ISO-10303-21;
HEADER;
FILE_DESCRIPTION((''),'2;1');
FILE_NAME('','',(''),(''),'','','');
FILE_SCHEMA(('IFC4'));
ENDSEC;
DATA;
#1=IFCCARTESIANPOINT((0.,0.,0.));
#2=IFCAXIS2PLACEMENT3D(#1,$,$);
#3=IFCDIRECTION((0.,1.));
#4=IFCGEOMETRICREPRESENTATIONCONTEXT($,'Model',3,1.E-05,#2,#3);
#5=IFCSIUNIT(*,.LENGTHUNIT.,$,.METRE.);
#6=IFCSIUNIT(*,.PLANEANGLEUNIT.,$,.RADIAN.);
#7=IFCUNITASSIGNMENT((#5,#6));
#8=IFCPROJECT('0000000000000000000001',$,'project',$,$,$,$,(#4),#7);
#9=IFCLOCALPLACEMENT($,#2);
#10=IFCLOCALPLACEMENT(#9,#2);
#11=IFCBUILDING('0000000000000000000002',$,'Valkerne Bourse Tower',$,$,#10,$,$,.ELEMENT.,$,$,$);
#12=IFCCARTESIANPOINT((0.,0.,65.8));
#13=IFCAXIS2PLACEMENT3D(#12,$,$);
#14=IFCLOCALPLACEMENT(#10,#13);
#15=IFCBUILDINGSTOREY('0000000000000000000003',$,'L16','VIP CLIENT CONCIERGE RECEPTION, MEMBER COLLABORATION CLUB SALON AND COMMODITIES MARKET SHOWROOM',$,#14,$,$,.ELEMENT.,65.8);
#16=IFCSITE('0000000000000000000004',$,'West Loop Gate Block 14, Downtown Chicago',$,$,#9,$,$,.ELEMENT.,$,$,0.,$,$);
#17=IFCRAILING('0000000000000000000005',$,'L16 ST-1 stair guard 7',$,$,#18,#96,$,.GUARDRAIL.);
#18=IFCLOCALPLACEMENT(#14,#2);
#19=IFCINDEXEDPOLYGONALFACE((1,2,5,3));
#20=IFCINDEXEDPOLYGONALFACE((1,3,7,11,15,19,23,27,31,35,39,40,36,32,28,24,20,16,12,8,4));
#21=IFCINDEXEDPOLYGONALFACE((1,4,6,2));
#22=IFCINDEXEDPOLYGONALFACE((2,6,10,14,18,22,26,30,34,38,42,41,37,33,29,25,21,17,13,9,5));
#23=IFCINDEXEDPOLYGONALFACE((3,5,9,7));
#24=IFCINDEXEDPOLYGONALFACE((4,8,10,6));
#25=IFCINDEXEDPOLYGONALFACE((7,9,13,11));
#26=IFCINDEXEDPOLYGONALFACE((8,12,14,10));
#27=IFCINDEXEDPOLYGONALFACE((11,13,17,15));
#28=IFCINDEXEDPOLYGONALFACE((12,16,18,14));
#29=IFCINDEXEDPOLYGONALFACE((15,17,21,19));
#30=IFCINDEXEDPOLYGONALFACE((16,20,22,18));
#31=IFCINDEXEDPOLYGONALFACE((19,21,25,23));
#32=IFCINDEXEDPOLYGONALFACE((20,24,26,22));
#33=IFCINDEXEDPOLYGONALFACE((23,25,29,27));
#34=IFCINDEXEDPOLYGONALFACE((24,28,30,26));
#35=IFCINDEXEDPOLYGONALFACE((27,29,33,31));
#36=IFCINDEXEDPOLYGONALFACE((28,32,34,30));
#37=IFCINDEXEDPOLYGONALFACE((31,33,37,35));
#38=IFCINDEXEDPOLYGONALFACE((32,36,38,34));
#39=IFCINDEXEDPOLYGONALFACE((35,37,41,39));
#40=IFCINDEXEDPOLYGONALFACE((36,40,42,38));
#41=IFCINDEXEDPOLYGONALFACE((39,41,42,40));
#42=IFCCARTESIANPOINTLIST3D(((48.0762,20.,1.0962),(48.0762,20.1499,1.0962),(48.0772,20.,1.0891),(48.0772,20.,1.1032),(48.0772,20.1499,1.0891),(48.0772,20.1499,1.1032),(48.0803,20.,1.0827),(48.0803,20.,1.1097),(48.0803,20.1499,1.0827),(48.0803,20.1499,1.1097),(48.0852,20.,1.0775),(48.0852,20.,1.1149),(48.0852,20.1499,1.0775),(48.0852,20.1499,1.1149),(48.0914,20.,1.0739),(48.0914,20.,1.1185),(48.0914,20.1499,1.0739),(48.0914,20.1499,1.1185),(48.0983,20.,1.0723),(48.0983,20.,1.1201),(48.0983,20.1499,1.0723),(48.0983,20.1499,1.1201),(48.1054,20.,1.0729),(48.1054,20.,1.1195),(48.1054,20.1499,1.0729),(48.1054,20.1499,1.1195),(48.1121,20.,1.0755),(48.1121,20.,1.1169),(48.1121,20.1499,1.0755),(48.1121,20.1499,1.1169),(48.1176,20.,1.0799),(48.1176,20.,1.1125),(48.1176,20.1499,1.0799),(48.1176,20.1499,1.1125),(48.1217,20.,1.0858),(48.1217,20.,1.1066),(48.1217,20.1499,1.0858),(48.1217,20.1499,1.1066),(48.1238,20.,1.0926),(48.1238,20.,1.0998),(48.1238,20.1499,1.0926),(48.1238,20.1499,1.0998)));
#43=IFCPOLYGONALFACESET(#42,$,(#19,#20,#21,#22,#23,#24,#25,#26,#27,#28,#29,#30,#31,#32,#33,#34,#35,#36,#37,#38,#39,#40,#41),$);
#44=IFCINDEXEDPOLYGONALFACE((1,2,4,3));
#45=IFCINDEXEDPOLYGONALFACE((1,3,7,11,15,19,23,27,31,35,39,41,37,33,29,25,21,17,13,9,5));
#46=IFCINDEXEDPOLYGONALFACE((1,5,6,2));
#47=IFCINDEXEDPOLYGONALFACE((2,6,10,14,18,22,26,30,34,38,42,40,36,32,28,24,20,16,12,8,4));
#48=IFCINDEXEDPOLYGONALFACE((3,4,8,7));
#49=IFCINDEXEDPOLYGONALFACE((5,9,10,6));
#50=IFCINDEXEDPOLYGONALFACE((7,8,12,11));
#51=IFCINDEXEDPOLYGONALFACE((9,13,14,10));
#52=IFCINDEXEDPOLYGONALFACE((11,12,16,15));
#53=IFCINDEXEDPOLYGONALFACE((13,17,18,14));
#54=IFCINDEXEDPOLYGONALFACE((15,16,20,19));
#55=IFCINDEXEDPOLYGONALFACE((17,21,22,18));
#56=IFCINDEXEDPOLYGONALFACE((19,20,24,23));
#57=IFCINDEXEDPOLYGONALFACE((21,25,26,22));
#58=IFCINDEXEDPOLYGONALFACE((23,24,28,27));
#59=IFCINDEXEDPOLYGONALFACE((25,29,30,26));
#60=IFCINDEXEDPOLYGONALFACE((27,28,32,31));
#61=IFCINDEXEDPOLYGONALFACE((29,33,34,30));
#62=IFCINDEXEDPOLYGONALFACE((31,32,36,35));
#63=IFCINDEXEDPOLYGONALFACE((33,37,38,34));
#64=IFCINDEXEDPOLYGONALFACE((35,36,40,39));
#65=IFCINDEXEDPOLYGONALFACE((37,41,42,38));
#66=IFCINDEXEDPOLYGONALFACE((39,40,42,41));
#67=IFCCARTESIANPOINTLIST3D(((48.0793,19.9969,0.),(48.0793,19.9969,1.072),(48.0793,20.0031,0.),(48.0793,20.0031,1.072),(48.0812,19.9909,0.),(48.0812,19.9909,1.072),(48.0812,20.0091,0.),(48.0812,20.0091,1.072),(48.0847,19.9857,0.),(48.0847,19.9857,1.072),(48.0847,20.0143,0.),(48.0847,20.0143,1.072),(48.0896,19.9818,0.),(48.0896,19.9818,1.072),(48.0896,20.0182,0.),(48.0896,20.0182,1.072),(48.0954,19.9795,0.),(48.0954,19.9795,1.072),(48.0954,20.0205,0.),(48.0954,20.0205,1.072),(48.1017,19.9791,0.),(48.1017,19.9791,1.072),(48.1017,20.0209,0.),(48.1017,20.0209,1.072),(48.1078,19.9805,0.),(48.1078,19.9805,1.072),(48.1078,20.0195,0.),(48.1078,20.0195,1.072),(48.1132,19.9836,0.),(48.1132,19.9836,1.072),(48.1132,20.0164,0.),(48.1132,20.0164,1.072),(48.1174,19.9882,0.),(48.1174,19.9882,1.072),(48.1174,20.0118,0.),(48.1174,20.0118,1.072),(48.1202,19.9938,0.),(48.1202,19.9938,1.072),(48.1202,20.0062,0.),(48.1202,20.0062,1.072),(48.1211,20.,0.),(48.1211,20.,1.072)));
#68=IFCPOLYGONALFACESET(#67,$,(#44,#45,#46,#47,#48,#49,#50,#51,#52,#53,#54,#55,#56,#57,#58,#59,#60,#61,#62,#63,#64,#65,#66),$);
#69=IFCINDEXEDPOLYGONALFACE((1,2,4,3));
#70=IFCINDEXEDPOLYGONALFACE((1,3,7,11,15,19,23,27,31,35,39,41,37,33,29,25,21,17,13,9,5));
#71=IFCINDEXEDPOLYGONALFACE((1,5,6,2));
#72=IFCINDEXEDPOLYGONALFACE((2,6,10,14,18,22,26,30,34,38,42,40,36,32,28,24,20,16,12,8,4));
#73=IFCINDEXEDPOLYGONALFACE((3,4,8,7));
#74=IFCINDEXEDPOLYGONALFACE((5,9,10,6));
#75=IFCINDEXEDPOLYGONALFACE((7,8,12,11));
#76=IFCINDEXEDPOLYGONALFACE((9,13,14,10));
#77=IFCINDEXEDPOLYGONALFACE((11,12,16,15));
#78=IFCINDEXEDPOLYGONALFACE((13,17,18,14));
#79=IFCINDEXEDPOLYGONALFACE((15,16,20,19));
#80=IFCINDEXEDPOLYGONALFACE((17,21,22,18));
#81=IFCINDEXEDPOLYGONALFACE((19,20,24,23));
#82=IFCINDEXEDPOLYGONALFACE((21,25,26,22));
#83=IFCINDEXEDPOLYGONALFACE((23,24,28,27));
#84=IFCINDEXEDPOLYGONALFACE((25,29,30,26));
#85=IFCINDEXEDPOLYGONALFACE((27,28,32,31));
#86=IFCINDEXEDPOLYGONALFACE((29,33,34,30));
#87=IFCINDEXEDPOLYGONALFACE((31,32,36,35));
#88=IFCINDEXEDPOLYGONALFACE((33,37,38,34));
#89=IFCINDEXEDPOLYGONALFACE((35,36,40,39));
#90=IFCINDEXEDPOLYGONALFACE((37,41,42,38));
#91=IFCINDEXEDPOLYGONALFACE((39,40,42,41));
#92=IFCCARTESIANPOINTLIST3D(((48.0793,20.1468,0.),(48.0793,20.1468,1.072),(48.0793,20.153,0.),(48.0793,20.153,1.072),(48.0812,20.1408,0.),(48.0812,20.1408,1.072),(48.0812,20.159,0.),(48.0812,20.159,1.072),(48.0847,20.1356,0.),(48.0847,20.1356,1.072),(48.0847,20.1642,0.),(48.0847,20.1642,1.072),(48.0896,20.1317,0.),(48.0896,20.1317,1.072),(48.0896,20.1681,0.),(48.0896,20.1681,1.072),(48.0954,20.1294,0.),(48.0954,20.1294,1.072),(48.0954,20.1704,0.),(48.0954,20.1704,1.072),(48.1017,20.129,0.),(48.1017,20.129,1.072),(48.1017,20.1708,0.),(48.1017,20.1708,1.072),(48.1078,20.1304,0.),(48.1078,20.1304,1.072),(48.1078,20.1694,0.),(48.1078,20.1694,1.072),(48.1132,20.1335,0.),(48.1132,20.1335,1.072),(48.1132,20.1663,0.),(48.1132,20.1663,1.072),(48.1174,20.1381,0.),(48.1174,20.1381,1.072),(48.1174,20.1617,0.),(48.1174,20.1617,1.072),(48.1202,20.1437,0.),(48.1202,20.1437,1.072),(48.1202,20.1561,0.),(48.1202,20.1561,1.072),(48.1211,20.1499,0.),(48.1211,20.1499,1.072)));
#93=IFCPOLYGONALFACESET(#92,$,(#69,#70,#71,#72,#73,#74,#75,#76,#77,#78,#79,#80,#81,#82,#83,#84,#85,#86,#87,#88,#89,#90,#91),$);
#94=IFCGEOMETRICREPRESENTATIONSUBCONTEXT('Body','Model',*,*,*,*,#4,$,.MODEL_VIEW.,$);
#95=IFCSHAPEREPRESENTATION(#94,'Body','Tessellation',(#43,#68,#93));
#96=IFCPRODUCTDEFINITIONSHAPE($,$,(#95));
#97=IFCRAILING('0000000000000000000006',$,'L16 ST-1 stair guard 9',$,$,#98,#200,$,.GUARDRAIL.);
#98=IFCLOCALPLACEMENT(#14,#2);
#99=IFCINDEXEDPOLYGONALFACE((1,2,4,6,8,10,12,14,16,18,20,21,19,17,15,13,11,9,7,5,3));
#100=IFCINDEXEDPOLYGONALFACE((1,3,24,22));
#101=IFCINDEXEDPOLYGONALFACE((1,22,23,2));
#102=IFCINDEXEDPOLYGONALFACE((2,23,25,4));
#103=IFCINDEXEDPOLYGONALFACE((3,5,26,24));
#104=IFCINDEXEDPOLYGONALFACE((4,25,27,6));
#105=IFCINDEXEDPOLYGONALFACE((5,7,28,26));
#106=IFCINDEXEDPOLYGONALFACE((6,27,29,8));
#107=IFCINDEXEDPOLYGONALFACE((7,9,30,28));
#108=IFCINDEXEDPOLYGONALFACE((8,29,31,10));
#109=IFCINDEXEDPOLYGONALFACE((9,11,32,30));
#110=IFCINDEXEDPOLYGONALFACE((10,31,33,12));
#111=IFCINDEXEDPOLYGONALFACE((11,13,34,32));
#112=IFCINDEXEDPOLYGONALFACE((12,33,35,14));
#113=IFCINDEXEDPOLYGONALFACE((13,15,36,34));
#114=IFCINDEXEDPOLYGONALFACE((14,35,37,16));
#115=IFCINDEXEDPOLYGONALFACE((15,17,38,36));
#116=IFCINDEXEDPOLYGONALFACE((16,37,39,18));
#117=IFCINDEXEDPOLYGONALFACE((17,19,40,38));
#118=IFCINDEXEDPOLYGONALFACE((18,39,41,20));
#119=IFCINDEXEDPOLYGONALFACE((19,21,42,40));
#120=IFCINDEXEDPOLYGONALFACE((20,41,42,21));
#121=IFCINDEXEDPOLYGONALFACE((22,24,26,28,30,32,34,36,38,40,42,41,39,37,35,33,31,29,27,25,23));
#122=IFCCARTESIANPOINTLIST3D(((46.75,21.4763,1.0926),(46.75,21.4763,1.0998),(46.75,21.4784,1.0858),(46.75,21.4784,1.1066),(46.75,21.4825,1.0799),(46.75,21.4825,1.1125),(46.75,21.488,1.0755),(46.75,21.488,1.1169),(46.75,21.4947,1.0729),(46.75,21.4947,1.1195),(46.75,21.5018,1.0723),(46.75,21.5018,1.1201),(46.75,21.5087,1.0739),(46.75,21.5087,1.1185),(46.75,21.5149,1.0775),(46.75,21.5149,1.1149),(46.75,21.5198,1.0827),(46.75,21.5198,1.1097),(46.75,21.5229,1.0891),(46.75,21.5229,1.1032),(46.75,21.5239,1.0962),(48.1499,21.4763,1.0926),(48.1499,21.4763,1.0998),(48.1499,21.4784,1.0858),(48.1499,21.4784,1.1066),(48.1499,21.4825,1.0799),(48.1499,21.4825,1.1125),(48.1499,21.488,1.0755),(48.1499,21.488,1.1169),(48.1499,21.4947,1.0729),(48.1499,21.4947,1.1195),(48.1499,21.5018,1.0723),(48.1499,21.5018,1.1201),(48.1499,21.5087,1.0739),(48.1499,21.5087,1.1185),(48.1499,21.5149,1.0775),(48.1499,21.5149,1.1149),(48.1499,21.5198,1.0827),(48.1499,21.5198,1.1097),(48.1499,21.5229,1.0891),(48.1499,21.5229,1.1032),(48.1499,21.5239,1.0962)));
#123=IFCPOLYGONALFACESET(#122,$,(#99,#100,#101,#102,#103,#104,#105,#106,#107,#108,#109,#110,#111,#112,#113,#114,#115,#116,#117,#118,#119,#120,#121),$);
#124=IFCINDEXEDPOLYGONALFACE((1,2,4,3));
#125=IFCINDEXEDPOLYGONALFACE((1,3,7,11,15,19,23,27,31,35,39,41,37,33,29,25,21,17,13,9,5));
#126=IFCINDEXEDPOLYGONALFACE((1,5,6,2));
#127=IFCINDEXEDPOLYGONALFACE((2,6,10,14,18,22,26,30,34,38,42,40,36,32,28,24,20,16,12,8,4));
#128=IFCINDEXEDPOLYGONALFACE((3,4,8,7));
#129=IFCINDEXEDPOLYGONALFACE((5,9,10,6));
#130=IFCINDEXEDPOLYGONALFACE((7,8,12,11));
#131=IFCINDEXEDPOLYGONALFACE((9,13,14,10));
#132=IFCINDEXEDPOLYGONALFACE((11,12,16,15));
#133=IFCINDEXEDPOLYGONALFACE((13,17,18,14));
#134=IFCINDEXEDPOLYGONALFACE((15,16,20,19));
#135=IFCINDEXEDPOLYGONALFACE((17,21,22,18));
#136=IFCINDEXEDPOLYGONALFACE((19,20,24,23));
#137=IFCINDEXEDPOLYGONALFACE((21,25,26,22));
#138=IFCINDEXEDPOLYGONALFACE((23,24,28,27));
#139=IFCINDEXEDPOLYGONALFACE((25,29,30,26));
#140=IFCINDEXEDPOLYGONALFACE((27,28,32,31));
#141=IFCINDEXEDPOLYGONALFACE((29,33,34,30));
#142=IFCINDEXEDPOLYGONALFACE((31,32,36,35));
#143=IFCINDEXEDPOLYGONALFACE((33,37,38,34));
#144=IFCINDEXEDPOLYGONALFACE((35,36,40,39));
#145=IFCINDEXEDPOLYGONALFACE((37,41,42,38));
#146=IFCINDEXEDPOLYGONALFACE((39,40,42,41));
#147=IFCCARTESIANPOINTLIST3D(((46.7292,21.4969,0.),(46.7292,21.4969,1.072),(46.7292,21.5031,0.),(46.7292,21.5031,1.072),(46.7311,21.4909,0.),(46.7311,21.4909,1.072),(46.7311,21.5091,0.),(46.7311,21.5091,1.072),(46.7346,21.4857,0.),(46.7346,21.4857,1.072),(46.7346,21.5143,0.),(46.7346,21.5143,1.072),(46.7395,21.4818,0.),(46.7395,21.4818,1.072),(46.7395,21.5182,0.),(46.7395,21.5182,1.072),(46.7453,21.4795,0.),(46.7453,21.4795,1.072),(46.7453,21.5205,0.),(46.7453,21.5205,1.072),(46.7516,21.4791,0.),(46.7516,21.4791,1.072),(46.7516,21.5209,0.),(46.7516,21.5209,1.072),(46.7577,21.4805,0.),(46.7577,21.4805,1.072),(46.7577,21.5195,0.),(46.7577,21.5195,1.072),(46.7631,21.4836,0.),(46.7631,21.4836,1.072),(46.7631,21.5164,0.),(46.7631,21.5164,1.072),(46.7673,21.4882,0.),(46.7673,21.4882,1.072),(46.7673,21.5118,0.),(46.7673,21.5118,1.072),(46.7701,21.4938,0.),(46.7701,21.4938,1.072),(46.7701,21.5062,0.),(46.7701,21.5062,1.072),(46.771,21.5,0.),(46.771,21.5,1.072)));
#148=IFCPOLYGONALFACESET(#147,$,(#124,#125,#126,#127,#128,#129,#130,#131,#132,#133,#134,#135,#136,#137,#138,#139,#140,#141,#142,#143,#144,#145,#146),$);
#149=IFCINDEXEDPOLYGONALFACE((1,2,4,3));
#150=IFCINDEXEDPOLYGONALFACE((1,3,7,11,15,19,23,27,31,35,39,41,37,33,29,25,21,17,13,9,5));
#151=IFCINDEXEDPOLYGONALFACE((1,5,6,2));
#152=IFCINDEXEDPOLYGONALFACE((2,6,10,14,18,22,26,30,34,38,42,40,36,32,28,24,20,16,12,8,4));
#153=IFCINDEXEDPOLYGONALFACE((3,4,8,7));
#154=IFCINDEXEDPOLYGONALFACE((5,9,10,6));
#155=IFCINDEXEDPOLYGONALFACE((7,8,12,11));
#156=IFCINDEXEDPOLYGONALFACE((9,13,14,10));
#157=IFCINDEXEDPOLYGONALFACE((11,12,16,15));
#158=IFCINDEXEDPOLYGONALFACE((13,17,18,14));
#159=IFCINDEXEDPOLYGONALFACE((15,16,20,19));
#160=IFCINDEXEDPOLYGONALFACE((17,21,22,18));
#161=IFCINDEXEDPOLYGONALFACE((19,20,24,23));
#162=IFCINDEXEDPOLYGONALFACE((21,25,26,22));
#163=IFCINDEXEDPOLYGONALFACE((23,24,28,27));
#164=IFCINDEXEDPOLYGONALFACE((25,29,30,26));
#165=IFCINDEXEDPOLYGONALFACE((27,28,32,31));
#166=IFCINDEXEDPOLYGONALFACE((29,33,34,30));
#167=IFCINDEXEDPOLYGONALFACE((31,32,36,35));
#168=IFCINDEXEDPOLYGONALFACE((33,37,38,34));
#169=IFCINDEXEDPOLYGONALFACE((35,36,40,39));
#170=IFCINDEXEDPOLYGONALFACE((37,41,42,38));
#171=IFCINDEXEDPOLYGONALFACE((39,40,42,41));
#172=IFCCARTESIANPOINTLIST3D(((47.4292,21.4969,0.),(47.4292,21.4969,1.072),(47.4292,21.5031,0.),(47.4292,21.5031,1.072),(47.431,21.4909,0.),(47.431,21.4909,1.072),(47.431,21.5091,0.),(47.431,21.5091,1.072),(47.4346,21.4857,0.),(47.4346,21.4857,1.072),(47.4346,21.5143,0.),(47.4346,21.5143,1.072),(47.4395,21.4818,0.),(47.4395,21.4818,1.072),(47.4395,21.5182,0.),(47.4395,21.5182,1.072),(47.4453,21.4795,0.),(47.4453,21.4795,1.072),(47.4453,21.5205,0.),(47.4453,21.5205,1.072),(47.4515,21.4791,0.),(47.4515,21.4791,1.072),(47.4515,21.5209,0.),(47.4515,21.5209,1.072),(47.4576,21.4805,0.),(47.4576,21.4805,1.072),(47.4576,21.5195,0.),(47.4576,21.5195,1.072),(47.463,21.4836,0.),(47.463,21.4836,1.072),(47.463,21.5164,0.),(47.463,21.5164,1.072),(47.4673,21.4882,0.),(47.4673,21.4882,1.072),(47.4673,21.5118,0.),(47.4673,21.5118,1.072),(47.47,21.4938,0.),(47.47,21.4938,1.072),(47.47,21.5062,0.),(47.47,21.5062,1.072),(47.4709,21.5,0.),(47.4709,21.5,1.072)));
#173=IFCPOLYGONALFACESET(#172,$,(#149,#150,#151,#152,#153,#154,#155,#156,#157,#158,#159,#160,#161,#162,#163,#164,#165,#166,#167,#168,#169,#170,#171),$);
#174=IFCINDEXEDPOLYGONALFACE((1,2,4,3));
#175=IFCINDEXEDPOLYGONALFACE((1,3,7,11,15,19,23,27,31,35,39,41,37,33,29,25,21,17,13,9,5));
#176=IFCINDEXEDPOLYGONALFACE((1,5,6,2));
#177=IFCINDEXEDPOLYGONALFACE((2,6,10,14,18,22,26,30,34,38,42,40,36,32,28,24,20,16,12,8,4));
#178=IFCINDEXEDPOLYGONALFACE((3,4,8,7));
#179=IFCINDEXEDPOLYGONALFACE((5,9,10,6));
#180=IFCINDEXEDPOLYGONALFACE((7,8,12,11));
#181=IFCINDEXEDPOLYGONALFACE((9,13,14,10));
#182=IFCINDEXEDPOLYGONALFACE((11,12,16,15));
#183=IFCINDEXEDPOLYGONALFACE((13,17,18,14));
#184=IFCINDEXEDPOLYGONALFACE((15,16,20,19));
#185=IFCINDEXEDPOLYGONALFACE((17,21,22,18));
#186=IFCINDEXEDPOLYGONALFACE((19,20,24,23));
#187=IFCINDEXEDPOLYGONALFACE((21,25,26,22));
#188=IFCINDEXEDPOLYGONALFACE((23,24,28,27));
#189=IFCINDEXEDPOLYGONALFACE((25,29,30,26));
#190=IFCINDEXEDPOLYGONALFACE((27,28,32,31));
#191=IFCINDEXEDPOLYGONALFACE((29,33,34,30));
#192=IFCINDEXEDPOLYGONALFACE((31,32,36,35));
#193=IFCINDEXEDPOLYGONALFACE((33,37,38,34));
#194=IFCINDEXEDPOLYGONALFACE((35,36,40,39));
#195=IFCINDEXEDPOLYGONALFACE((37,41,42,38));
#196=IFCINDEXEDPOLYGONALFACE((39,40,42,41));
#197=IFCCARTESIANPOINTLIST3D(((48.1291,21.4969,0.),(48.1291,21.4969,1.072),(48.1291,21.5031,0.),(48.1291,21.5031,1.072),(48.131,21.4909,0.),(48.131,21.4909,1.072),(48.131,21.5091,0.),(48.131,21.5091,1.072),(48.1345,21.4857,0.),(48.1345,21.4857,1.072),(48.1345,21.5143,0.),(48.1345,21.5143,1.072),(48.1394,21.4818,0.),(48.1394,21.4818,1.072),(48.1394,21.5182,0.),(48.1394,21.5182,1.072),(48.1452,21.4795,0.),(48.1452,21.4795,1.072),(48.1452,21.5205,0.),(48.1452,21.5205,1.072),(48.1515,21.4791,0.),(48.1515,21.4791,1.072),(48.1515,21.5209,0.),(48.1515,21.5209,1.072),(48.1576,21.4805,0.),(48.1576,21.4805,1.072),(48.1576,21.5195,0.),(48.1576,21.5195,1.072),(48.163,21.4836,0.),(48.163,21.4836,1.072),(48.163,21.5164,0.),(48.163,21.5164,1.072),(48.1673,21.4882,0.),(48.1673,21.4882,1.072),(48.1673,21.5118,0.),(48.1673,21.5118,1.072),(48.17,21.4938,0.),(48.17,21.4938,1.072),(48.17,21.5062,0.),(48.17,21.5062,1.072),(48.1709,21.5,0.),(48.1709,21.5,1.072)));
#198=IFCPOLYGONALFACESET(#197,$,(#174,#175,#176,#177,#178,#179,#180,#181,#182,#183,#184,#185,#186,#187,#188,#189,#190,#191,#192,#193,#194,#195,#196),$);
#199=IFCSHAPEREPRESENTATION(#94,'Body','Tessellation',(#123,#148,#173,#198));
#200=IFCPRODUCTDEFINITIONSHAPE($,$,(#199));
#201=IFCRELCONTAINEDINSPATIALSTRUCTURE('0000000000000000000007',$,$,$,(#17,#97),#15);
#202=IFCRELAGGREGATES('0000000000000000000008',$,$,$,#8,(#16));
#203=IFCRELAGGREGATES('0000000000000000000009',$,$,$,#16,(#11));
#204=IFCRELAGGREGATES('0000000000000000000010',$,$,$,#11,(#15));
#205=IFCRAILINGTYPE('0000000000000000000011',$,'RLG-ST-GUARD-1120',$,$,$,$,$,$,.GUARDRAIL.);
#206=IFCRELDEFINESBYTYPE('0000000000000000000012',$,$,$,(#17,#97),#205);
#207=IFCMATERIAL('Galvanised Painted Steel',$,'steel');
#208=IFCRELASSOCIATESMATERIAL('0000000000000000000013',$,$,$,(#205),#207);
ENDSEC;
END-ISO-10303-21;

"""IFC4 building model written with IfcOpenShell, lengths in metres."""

from ifc_helpers import new_model, si_unit, direction, frame, origin, origin_2d, place, context, subcontext, project, spatial, circle, extrude, material, type_object, element, save


model = new_model("IFC4")

# Units and contexts
model_context = context("Model", 3, precision=1e-05, world=origin(), true_north=direction((0.0, 1.0)))
body_context = subcontext(model_context, "Body", "Model", "MODEL_VIEW")
ifc_project = project(units=[si_unit("LENGTHUNIT", "METRE"), si_unit("PLANEANGLEUNIT", "RADIAN")], contexts=[model_context])

# Site, building, storey
site_placement = place(None, origin())
site = spatial("IfcSite", under=ifc_project, at=site_placement, Name="West Loop Gate Block 14, Downtown Chicago", CompositionType="ELEMENT", RefElevation=0.0)
building_placement = place(site_placement, origin())
building = spatial("IfcBuilding", under=site, at=building_placement, Name="Valkerne Bourse Tower", CompositionType="ELEMENT")
storey_placement = place(building_placement, frame((0.0, 0.0, 65.8)))
storey = spatial("IfcBuildingStorey", under=building, at=storey_placement, Name="L16", Description="VIP CLIENT CONCIERGE RECEPTION, MEMBER COLLABORATION CLUB SALON AND COMMODITIES MARKET SHOWROOM", CompositionType="ELEMENT", Elevation=65.8)

# Shared definitions
ifc_material_1 = material(Name="Galvanised Painted Steel", Category="steel")

# Railings
railing_type_1 = type_object("IfcRailingType", Name="RLG-ST-GUARD-1120", PredefinedType="GUARDRAIL", material=ifc_material_1)
railing_1_placement = place(storey_placement, frame((48.1001, 20.0, 0.0)))
element("IfcRailing", 1, at=railing_1_placement, inside=storey, type_object=railing_type_1, Name="L16 ST-1 stair guard 7", PredefinedType="GUARDRAIL", context=body_context, shape_type="SweptSolid", body=[
    extrude(circle(Radius=0.0239, at=origin_2d()), frame((0.0, 0.0, 1.0962), z_axis=(0.0, 1.0, 0.0), x_axis=(-1.0, 0.0, 0.0)), (0.0, 0.0, 1.0), 0.1499),
    extrude(circle(Radius=0.021, at=origin_2d()), origin(), (0.0, 0.0, 1.0), 1.072),
    extrude(circle(Radius=0.021, at=origin_2d()), frame((0.0, 0.1499, 0.0)), (0.0, 0.0, 1.0), 1.072),
])
railing_2_placement = place(storey_placement, frame((46.75, 21.5, 0.0)))
element("IfcRailing", 2, at=railing_2_placement, inside=storey, type_object=railing_type_1, Name="L16 ST-1 stair guard 9", PredefinedType="GUARDRAIL", context=body_context, shape_type="SweptSolid", body=[
    extrude(circle(Radius=0.0239, at=origin_2d()), frame((0.0, 0.0, 1.0962), z_axis=(1.0, 0.0, 0.0), x_axis=(0.0, 1.0, 0.0)), (0.0, 0.0, 1.0), 1.3999),
    extrude(circle(Radius=0.021, at=origin_2d()), origin(), (0.0, 0.0, 1.0), 1.072),
    extrude(circle(Radius=0.021, at=origin_2d()), frame((0.7, 0.0, 0.0)), (0.0, 0.0, 1.0), 1.072),
    extrude(circle(Radius=0.021, at=origin_2d()), frame((1.3999, 0.0, 0.0)), (0.0, 0.0, 1.0), 1.072),
])

save(model, "model.ifc")
